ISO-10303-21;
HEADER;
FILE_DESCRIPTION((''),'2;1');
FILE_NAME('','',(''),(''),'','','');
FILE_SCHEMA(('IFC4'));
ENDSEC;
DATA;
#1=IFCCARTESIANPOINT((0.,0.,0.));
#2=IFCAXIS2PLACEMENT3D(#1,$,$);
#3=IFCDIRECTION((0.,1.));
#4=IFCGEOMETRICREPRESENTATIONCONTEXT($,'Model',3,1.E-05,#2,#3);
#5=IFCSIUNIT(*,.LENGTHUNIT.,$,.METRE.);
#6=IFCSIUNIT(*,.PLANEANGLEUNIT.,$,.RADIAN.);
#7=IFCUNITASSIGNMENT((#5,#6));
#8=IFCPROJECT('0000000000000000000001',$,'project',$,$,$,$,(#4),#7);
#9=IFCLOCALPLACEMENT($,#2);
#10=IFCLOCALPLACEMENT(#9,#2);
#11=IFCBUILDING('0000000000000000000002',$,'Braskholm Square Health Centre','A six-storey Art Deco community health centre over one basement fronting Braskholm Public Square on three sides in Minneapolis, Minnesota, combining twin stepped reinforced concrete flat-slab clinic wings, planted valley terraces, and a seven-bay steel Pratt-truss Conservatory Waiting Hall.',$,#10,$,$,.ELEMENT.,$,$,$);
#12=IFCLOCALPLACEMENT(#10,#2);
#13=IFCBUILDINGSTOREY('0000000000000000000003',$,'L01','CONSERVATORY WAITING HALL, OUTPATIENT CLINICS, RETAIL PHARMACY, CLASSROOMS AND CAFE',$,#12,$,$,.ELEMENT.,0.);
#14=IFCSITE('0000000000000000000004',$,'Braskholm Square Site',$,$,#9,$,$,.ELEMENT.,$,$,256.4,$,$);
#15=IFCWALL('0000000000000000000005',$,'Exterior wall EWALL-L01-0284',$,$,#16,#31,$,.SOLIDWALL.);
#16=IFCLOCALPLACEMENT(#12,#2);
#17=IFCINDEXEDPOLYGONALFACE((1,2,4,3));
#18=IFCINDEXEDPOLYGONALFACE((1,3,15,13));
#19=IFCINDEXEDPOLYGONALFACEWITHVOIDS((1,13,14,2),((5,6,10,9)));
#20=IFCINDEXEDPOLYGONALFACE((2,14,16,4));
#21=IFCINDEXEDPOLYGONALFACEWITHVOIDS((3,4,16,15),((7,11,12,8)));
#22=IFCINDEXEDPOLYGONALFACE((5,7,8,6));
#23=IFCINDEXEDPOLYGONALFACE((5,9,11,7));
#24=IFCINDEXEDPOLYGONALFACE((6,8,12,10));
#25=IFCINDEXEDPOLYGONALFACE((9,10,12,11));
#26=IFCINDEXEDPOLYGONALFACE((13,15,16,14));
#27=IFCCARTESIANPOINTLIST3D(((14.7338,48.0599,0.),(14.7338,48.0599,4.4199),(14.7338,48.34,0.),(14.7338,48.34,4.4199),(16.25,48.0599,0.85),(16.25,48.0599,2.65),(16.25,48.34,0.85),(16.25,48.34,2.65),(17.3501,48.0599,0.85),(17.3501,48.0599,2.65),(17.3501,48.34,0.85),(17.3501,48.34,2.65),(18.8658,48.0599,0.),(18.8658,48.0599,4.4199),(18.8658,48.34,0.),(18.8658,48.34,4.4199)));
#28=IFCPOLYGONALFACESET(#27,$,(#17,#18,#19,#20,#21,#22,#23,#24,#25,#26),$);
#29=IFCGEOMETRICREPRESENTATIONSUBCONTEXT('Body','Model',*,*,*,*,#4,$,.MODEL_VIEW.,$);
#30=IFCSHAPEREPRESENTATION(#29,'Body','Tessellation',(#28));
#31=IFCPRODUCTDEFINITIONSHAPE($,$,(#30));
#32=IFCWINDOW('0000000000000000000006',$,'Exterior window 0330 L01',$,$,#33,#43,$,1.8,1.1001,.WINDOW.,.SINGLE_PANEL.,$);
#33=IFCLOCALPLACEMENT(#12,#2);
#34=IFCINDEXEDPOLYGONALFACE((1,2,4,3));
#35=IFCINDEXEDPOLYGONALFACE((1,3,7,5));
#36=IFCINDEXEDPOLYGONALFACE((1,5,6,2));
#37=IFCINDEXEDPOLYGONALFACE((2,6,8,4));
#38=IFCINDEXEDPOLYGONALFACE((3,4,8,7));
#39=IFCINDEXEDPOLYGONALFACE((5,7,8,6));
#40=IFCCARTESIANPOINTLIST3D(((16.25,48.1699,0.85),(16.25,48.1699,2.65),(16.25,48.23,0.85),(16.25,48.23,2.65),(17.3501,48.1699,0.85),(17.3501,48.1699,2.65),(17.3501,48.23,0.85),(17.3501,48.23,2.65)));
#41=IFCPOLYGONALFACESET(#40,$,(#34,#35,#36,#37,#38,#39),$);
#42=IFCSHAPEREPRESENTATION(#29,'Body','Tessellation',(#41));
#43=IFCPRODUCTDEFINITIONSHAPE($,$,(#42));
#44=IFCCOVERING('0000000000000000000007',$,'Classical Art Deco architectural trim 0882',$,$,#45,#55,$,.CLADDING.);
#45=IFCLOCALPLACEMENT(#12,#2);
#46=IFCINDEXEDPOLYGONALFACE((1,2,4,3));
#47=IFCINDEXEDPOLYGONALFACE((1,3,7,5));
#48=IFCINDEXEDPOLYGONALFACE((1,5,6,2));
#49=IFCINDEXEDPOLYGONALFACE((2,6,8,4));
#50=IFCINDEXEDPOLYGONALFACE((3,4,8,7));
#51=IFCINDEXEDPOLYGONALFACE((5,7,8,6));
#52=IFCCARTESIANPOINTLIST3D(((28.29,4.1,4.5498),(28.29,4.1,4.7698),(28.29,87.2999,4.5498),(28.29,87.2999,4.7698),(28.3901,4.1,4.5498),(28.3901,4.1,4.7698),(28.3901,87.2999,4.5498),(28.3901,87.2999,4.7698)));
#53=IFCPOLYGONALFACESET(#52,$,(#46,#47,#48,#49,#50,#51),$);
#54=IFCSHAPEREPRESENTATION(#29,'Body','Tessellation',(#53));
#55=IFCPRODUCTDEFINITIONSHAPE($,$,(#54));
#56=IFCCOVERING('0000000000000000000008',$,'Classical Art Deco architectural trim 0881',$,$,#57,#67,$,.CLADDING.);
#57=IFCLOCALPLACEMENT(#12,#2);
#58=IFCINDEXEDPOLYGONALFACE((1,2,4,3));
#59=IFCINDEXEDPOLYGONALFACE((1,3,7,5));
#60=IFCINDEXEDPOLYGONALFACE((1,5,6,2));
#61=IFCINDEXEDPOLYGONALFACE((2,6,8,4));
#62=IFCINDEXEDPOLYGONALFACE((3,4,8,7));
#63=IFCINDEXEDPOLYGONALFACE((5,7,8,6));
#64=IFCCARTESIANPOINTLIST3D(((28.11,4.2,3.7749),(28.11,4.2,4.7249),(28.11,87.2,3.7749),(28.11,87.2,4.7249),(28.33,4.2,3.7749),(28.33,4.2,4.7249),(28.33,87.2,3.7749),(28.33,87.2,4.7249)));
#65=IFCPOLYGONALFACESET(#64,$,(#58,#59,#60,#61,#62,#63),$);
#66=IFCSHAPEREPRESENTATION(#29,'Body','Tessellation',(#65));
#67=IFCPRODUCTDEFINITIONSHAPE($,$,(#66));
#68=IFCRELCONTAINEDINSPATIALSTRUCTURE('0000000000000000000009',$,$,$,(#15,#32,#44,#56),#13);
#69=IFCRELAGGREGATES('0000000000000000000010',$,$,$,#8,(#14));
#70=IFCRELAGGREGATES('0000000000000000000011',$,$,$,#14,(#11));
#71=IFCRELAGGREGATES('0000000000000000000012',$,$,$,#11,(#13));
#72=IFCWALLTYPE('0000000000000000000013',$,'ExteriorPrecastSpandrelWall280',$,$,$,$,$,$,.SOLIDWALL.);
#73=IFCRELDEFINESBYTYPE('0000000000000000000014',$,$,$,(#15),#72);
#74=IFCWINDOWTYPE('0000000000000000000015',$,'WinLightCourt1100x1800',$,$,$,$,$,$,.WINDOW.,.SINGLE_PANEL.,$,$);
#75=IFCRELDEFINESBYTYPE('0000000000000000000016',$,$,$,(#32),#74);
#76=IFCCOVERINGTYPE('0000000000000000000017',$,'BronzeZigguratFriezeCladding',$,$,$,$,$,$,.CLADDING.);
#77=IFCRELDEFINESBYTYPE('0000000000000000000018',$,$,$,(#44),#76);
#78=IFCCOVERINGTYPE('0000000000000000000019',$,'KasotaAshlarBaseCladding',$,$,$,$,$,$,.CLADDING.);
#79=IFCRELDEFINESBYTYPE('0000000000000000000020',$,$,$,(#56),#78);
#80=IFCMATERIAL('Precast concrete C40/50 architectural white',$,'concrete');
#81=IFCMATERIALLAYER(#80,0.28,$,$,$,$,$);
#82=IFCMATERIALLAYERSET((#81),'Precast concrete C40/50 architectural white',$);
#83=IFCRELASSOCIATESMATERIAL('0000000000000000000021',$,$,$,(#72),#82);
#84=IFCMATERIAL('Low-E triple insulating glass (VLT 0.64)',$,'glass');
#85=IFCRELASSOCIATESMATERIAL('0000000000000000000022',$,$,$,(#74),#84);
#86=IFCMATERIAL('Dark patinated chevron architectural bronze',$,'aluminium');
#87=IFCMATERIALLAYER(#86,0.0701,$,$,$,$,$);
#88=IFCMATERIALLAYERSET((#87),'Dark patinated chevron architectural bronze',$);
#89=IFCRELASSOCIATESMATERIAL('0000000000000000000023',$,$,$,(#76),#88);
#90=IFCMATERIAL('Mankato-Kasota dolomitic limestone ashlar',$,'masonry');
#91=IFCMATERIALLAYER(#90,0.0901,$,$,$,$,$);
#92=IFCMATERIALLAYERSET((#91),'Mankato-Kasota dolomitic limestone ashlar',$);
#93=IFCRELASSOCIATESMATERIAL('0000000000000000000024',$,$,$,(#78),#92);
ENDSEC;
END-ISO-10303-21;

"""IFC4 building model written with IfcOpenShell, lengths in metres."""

from ifc_helpers import new_model, si_unit, direction, frame, frame_2d, origin, origin_with_axes, origin_2d, place, context, subcontext, project, spatial, rectangle, extrude, material, layer, layer_set, type_object, element, fill, save


model = new_model("IFC4")

# Units and contexts
model_context = context("Model", 3, precision=1e-05, world=origin(), true_north=direction((0.0, 1.0)))
body_context = subcontext(model_context, "Body", "Model", "MODEL_VIEW")
ifc_project = project(units=[si_unit("LENGTHUNIT", "METRE"), si_unit("PLANEANGLEUNIT", "RADIAN")], contexts=[model_context])

# Site, building, storey
site_placement = place(None, origin())
site = spatial("IfcSite", under=ifc_project, at=site_placement, Name="Braskholm Square Site", CompositionType="ELEMENT", RefElevation=256.4)
building_placement = place(site_placement, origin())
building = spatial("IfcBuilding", under=site, at=building_placement, Name="Braskholm Square Health Centre", Description="A six-storey Art Deco community health centre over one basement fronting Braskholm Public Square on three sides in Minneapolis, Minnesota, combining twin stepped reinforced concrete flat-slab clinic wings, planted valley terraces, and a seven-bay steel Pratt-truss Conservatory Waiting Hall.", CompositionType="ELEMENT")
storey_placement = place(building_placement, origin())
storey = spatial("IfcBuildingStorey", under=building, at=storey_placement, Name="L01", Description="CONSERVATORY WAITING HALL, OUTPATIENT CLINICS, RETAIL PHARMACY, CLASSROOMS AND CAFE", CompositionType="ELEMENT", Elevation=0.0)

# Shared definitions
ifc_material_1 = material(Name="Precast concrete C40/50 architectural white", Category="concrete")

# Shared definitions
ifc_material_2 = material(Name="Low-E triple insulating glass (VLT 0.64)", Category="glass")

# Wall, opening, window
ifc_material_3 = material(Name="Mankato-Kasota dolomitic limestone ashlar", Category="masonry")
ifc_layer_1 = layer(ifc_material_1, 0.28)
ifc_layer_set_1 = layer_set([ifc_layer_1], Name="Precast concrete C40/50 architectural white")
wall_type_1 = type_object("IfcWallType", Name="ExteriorPrecastSpandrelWall280", PredefinedType="SOLIDWALL", material=ifc_layer_set_1)
wall_1_placement = place(storey_placement, frame((14.7339, 48.2, 0.0), z_axis=(0.0, 0.0, 1.0), x_axis=(1.0, 0.0, 0.0)))
wall_1 = element("IfcWall", 1, at=wall_1_placement, inside=storey, type_object=wall_type_1, Name="Exterior wall EWALL-L01-0284", PredefinedType="SOLIDWALL", context=body_context, shape_type="SweptSolid", body=[
    extrude(rectangle(XDim=4.1321, YDim=0.28, at=frame_2d((2.0659, 0.0))), origin(), (0.0, 0.0, 1.0), 4.4199),
])
opening_1_placement = place(wall_1_placement, frame((1.5161, 0.0, 0.8501)))
opening_1 = element("IfcOpeningElement", 2, at=opening_1_placement, cuts=wall_1, PredefinedType="OPENING", context=body_context, shape_type="SweptSolid", body=[
    extrude(rectangle(XDim=1.1001, YDim=1.8, at=frame_2d((0.55, 0.8999))), frame((0.0, 0.1499, 0.0), z_axis=(0.0, -1.0, 0.0), x_axis=(1.0, 0.0, 0.0)), (0.0, 0.0, 1.0), 0.3),
])
window_type_1 = type_object("IfcWindowType", Name="WinLightCourt1100x1800", PartitioningType="SINGLE_PANEL", PredefinedType="WINDOW", material=ifc_material_2)
window_1_placement = place(opening_1_placement, origin_with_axes())
window_1 = element("IfcWindow", 3, at=window_1_placement, inside=storey, type_object=window_type_1, Name="Exterior window 0330 L01", OverallHeight=1.8, OverallWidth=1.1001, PartitioningType="SINGLE_PANEL", PredefinedType="WINDOW", context=body_context, shape_type="SweptSolid", body=[
    extrude(rectangle(XDim=1.1001, YDim=1.8, at=frame_2d((0.55, 0.8999))), frame((0.0, 0.03, 0.0), z_axis=(0.0, -1.0, 0.0), x_axis=(1.0, 0.0, 0.0)), (0.0, 0.0, 1.0), 0.0601),
])
fill(opening_1, window_1)

# Coverings
ifc_material_4 = material(Name="Dark patinated chevron architectural bronze", Category="aluminium")
ifc_layer_2 = layer(ifc_material_4, 0.0701)
ifc_layer_set_2 = layer_set([ifc_layer_2], Name="Dark patinated chevron architectural bronze")
covering_type_1 = type_object("IfcCoveringType", Name="BronzeZigguratFriezeCladding", PredefinedType="CLADDING", material=ifc_layer_set_2)
covering_1_placement = place(storey_placement, frame((28.3401, 45.7, 4.5498), z_axis=(0.0, 0.0, 1.0), x_axis=(1.0, 0.0, 0.0)))
element("IfcCovering", 4, at=covering_1_placement, inside=storey, type_object=covering_type_1, Name="Classical Art Deco architectural trim 0882", PredefinedType="CLADDING", context=body_context, shape_type="SweptSolid", body=[
    extrude(rectangle(XDim=0.1001, YDim=83.2, at=origin_2d()), origin(), (0.0, 0.0, 1.0), 0.22),
])
ifc_layer_3 = layer(ifc_material_3, 0.0901)
ifc_layer_set_3 = layer_set([ifc_layer_3], Name="Mankato-Kasota dolomitic limestone ashlar")
covering_type_2 = type_object("IfcCoveringType", Name="KasotaAshlarBaseCladding", PredefinedType="CLADDING", material=ifc_layer_set_3)
covering_2_placement = place(storey_placement, frame((28.22, 45.7, 3.7749), z_axis=(0.0, 0.0, 1.0), x_axis=(1.0, 0.0, 0.0)))
element("IfcCovering", 5, at=covering_2_placement, inside=storey, type_object=covering_type_2, Name="Classical Art Deco architectural trim 0881", PredefinedType="CLADDING", context=body_context, shape_type="SweptSolid", body=[
    extrude(rectangle(XDim=0.22, YDim=83.0, at=origin_2d()), origin(), (0.0, 0.0, 1.0), 0.95),
])

save(model, "model.ifc")
